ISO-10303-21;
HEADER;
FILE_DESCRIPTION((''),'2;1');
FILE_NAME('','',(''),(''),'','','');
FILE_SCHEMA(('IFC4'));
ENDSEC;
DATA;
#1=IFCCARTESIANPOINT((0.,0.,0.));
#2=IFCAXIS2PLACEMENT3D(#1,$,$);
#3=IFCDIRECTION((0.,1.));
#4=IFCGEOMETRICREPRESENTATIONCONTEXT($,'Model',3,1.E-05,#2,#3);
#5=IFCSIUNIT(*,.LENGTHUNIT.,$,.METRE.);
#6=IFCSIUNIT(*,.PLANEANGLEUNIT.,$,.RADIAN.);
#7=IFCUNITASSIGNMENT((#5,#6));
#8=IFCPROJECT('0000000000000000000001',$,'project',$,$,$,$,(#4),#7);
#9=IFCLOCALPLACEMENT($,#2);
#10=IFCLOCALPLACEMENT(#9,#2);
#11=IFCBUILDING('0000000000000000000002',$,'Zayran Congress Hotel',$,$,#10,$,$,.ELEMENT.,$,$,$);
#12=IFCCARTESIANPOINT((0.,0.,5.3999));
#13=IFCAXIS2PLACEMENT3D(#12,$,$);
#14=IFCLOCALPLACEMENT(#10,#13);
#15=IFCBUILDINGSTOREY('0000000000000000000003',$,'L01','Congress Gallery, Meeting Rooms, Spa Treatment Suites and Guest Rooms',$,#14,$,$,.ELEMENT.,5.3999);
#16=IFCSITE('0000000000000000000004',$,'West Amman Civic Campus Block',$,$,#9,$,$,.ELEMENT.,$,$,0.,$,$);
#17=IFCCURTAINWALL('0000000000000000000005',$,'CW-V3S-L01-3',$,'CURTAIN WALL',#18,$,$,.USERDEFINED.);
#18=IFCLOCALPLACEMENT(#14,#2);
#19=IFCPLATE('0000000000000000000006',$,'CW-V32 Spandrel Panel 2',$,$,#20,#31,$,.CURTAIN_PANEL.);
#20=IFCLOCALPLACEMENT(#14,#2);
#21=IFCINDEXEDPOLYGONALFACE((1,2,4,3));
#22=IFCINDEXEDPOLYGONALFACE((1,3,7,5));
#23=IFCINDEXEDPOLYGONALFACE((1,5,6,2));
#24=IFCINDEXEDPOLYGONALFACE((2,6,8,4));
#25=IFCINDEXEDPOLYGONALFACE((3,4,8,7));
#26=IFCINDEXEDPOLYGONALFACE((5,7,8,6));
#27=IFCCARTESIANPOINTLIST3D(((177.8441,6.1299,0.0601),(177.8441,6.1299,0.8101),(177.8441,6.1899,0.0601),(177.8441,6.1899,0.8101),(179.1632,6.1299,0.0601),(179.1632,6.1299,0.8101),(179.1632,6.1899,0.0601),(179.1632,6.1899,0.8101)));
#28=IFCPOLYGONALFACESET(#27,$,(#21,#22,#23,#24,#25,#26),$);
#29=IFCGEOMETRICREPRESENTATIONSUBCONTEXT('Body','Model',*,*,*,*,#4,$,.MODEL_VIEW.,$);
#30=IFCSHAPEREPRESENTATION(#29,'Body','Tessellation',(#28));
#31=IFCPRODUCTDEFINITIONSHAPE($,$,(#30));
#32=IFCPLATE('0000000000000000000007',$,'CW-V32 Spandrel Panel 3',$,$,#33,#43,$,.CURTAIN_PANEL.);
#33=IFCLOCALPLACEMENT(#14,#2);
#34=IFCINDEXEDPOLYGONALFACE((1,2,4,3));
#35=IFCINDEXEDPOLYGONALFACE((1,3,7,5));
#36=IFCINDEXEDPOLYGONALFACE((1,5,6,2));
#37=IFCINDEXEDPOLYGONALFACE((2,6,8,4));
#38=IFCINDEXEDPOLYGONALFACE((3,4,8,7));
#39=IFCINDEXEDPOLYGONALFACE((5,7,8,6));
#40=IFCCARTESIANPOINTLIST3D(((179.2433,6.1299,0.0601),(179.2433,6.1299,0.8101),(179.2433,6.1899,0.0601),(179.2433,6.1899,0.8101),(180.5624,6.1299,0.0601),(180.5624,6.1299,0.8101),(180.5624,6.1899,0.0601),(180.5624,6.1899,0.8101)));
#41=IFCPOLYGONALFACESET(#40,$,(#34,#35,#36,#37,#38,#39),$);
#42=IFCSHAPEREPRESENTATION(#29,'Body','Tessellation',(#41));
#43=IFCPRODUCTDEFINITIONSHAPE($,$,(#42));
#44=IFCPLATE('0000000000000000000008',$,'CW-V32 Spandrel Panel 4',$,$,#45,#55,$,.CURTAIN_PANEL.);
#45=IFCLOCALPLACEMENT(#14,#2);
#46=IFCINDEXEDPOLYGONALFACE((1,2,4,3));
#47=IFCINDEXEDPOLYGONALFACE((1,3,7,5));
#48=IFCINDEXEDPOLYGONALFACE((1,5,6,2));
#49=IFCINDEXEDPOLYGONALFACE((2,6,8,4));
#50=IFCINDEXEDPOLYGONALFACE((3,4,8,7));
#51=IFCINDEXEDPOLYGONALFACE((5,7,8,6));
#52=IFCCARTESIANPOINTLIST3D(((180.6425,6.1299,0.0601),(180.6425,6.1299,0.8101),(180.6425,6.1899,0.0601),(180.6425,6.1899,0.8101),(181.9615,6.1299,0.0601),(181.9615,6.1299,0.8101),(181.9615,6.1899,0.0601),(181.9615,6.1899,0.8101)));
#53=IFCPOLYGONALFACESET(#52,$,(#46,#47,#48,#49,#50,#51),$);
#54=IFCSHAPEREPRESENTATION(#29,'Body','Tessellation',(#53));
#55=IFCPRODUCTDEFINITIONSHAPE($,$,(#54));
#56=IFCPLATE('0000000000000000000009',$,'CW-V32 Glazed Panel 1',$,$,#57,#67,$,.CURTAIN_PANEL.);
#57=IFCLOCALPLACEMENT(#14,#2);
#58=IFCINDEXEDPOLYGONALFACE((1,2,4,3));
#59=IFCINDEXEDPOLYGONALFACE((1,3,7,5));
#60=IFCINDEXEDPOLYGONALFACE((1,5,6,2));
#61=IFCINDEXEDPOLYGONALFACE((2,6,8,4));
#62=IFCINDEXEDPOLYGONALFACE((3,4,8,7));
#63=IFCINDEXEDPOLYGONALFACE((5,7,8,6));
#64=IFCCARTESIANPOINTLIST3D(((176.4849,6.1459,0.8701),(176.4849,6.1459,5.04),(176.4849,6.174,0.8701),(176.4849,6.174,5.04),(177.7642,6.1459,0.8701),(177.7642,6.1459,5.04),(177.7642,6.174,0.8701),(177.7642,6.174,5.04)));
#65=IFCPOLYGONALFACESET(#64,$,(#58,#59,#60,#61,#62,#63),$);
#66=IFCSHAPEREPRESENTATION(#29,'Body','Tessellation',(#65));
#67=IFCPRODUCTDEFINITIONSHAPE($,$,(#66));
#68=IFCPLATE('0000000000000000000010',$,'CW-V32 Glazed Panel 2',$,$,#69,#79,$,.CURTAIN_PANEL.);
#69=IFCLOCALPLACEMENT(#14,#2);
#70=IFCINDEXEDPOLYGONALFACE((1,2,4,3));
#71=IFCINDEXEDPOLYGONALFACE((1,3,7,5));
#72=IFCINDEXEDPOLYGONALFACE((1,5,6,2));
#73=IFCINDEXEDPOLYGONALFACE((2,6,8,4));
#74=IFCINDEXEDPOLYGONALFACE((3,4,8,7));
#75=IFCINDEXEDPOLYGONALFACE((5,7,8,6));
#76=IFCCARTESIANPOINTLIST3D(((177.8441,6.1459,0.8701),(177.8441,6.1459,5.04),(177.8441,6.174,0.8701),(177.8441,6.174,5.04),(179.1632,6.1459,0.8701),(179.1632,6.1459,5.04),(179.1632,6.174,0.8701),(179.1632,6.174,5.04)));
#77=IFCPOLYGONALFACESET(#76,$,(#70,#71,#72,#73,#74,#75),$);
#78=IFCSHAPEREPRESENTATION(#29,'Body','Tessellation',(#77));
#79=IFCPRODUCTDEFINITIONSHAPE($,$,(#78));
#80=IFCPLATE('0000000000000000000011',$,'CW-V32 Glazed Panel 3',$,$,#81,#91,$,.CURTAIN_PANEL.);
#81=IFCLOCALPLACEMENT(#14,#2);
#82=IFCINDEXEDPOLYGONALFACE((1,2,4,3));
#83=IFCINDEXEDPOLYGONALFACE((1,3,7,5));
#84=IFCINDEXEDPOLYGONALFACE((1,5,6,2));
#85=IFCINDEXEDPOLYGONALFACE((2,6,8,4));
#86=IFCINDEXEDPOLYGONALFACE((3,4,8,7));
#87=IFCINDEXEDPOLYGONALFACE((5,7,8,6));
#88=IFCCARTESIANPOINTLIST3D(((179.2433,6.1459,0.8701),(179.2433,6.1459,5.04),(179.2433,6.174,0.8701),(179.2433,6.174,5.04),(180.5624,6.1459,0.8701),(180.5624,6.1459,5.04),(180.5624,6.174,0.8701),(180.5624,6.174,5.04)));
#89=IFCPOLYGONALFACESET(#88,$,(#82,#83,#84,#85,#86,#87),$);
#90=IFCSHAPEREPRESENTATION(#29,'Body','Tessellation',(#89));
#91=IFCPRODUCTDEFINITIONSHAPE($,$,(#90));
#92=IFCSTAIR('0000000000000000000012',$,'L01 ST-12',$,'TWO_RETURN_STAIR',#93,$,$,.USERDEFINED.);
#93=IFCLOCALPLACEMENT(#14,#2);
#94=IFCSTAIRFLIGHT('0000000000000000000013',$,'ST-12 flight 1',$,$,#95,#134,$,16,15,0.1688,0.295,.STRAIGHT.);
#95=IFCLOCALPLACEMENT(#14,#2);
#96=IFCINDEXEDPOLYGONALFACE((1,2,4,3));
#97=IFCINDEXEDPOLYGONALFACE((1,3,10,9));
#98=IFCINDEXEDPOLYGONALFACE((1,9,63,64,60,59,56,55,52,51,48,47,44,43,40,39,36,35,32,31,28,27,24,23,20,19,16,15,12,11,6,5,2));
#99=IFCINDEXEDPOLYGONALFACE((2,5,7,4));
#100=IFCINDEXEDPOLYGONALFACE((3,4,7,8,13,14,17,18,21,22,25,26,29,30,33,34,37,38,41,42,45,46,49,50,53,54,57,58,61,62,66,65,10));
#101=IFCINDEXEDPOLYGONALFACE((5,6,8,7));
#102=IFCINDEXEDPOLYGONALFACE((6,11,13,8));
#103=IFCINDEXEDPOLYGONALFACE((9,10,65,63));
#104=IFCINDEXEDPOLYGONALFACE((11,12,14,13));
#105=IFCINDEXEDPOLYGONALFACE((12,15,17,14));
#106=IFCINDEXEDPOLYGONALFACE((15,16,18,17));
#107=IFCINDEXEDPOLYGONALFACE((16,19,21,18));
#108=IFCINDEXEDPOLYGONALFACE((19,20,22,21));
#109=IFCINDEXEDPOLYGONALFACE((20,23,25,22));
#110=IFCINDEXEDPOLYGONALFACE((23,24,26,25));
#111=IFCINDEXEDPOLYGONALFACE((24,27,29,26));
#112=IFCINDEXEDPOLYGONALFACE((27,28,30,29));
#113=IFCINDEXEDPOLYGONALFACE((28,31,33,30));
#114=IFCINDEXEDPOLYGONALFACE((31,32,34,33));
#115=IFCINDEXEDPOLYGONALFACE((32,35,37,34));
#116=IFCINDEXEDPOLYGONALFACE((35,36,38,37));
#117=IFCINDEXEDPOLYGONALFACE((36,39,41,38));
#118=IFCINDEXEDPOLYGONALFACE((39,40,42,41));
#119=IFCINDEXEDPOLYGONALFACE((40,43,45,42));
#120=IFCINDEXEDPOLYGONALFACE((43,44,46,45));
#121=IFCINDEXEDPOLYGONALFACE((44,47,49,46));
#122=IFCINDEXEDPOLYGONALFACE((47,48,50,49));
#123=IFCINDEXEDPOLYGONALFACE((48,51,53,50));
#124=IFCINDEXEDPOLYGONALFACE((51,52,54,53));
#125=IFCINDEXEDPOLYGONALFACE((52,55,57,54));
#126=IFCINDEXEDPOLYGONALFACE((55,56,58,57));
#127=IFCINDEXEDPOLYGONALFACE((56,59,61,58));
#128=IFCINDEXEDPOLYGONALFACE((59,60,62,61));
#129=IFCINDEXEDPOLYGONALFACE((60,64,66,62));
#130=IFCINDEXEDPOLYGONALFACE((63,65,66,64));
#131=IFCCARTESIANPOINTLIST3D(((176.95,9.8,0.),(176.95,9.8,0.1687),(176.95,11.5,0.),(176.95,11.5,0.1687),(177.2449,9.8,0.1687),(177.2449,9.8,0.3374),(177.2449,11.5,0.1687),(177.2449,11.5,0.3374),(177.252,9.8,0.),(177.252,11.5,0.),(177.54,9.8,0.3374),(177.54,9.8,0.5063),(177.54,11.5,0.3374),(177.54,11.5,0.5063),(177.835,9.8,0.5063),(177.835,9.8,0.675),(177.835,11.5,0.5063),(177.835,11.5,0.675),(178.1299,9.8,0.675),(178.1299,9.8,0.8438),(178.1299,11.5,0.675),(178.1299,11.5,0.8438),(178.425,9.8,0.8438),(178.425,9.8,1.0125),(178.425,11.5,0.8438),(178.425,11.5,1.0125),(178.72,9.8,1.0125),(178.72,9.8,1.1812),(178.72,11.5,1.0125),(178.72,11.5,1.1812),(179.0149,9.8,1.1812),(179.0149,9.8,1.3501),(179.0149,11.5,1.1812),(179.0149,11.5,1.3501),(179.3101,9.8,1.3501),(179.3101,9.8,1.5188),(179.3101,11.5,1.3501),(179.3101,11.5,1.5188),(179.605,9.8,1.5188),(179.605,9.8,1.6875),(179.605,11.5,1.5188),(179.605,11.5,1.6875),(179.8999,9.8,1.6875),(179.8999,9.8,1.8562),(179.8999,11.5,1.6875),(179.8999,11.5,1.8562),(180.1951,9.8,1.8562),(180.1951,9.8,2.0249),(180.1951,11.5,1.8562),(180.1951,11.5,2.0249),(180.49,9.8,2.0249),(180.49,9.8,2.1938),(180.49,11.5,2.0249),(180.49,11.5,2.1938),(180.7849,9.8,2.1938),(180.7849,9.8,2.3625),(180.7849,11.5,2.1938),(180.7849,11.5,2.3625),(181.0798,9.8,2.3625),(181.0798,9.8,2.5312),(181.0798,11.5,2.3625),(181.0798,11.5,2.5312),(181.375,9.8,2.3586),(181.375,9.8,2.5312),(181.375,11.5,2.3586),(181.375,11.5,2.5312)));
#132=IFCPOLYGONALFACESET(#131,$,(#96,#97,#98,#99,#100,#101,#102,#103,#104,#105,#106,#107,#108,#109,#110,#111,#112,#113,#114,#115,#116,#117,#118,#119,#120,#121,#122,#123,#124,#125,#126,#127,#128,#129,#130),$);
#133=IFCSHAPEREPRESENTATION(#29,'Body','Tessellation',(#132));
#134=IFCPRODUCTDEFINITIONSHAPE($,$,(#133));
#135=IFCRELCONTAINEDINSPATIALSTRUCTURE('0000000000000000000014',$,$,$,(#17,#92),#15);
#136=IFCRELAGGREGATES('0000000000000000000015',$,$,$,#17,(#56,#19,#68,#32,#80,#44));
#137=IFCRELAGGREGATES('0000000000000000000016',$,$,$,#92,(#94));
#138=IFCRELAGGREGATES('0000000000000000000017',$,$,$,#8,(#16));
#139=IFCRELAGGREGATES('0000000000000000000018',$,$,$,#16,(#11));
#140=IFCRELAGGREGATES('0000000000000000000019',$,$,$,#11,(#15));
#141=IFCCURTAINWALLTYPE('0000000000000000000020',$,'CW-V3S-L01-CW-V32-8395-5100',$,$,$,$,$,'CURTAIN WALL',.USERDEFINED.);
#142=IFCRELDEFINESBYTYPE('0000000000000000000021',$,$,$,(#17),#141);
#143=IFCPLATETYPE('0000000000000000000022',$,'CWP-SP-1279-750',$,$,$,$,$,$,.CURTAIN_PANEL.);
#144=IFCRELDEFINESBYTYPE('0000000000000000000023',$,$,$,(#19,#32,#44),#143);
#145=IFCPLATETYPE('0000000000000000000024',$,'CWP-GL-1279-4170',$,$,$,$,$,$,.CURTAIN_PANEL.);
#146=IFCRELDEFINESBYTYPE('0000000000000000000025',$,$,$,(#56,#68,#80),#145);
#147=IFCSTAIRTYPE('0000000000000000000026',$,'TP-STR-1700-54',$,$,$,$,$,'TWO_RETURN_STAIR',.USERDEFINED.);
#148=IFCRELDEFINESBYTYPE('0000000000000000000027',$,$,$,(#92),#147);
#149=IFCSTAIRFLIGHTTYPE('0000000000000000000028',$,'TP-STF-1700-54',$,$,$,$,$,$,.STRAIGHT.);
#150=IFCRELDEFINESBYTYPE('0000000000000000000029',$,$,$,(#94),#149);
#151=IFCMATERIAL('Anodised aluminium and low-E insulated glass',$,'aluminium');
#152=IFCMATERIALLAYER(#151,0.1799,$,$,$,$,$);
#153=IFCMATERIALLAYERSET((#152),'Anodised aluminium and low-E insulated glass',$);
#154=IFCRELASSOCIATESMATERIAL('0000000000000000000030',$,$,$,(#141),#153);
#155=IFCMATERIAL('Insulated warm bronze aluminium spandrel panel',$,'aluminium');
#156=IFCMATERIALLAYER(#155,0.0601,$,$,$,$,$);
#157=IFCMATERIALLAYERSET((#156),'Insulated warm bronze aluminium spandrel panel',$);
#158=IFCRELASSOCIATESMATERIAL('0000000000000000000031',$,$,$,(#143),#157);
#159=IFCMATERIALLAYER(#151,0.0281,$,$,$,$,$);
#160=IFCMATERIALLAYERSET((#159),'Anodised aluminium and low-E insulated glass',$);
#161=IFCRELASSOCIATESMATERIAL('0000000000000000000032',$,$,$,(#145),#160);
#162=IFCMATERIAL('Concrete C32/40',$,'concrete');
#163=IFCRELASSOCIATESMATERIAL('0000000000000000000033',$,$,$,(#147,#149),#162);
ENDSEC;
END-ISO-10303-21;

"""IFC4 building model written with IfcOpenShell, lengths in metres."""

from ifc_helpers import new_model, si_unit, direction, frame, origin, origin_2d, place, context, subcontext, project, spatial, polyline, rectangle, outline, extrude, material, layer, layer_set, type_object, element, aggregate, save


model = new_model("IFC4")

# Units and contexts
model_context = context("Model", 3, precision=1e-05, world=origin(), true_north=direction((0.0, 1.0)))
body_context = subcontext(model_context, "Body", "Model", "MODEL_VIEW")
ifc_project = project(units=[si_unit("LENGTHUNIT", "METRE"), si_unit("PLANEANGLEUNIT", "RADIAN")], contexts=[model_context])

# Site, building, storey
site_placement = place(None, origin())
site = spatial("IfcSite", under=ifc_project, at=site_placement, Name="West Amman Civic Campus Block", CompositionType="ELEMENT", RefElevation=0.0)
building_placement = place(site_placement, origin())
building = spatial("IfcBuilding", under=site, at=building_placement, Name="Zayran Congress Hotel", CompositionType="ELEMENT")
storey_placement = place(building_placement, frame((0.0, 0.0, 5.3999)))
storey = spatial("IfcBuildingStorey", under=building, at=storey_placement, Name="L01", Description="Congress Gallery, Meeting Rooms, Spa Treatment Suites and Guest Rooms", CompositionType="ELEMENT", Elevation=5.3999)

# Curtain wall, plates
ifc_material_1 = material(Name="Anodised aluminium and low-E insulated glass", Category="aluminium")
ifc_layer_1 = layer(ifc_material_1, 0.1799)
ifc_layer_set_1 = layer_set([ifc_layer_1], Name="Anodised aluminium and low-E insulated glass")
curtain_wall_type = type_object("IfcCurtainWallType", Name="CW-V3S-L01-CW-V32-8395-5100", ElementType="CURTAIN WALL", PredefinedType="USERDEFINED", material=ifc_layer_set_1)
curtain_wall_placement = place(storey_placement, origin())
curtain_wall = element("IfcCurtainWall", 1, at=curtain_wall_placement, inside=storey, type_object=curtain_wall_type, Name="CW-V3S-L01-3", ObjectType="CURTAIN WALL", PredefinedType="USERDEFINED")
ifc_material_2 = material(Name="Insulated warm bronze aluminium spandrel panel", Category="aluminium")
ifc_layer_2 = layer(ifc_material_2, 0.0601)
ifc_layer_set_2 = layer_set([ifc_layer_2], Name="Insulated warm bronze aluminium spandrel panel")
plate_type_1 = type_object("IfcPlateType", Name="CWP-SP-1279-750", PredefinedType="CURTAIN_PANEL", material=ifc_layer_set_2)
plate_1_placement = place(storey_placement, frame((178.5037, 6.1599, 0.0601), z_axis=(0.0, 0.0, 1.0), x_axis=(1.0, 0.0, 0.0)))
plate_1 = element("IfcPlate", 2, at=plate_1_placement, type_object=plate_type_1, Name="CW-V32 Spandrel Panel 2", PredefinedType="CURTAIN_PANEL", context=body_context, shape_type="SweptSolid", body=[
    extrude(rectangle(XDim=1.3191, YDim=0.0601, at=origin_2d()), origin(), (0.0, 0.0, 1.0), 0.75),
])
plate_2_placement = place(storey_placement, frame((179.9028, 6.1599, 0.0601), z_axis=(0.0, 0.0, 1.0), x_axis=(1.0, 0.0, 0.0)))
plate_2 = element("IfcPlate", 3, at=plate_2_placement, type_object=plate_type_1, Name="CW-V32 Spandrel Panel 3", PredefinedType="CURTAIN_PANEL", context=body_context, shape_type="SweptSolid", body=[
    extrude(rectangle(XDim=1.3191, YDim=0.0601, at=origin_2d()), origin(), (0.0, 0.0, 1.0), 0.75),
])
plate_3_placement = place(storey_placement, frame((181.302, 6.1599, 0.0601), z_axis=(0.0, 0.0, 1.0), x_axis=(1.0, 0.0, 0.0)))
plate_3 = element("IfcPlate", 4, at=plate_3_placement, type_object=plate_type_1, Name="CW-V32 Spandrel Panel 4", PredefinedType="CURTAIN_PANEL", context=body_context, shape_type="SweptSolid", body=[
    extrude(rectangle(XDim=1.3191, YDim=0.0601, at=origin_2d()), origin(), (0.0, 0.0, 1.0), 0.75),
])
ifc_layer_3 = layer(ifc_material_1, 0.0281)
ifc_layer_set_3 = layer_set([ifc_layer_3], Name="Anodised aluminium and low-E insulated glass")
plate_type_2 = type_object("IfcPlateType", Name="CWP-GL-1279-4170", PredefinedType="CURTAIN_PANEL", material=ifc_layer_set_3)
plate_4_placement = place(storey_placement, frame((177.1245, 6.1599, 0.8701), z_axis=(0.0, 0.0, 1.0), x_axis=(1.0, 0.0, 0.0)))
plate_4 = element("IfcPlate", 5, at=plate_4_placement, type_object=plate_type_2, Name="CW-V32 Glazed Panel 1", PredefinedType="CURTAIN_PANEL", context=body_context, shape_type="SweptSolid", body=[
    extrude(rectangle(XDim=1.2793, YDim=0.0281, at=origin_2d()), origin(), (0.0, 0.0, 1.0), 4.1699),
])
plate_5_placement = place(storey_placement, frame((178.5037, 6.1599, 0.8701), z_axis=(0.0, 0.0, 1.0), x_axis=(1.0, 0.0, 0.0)))
plate_5 = element("IfcPlate", 6, at=plate_5_placement, type_object=plate_type_2, Name="CW-V32 Glazed Panel 2", PredefinedType="CURTAIN_PANEL", context=body_context, shape_type="SweptSolid", body=[
    extrude(rectangle(XDim=1.3191, YDim=0.0281, at=origin_2d()), origin(), (0.0, 0.0, 1.0), 4.1699),
])
plate_6_placement = place(storey_placement, frame((179.9028, 6.1599, 0.8701), z_axis=(0.0, 0.0, 1.0), x_axis=(1.0, 0.0, 0.0)))
plate_6 = element("IfcPlate", 7, at=plate_6_placement, type_object=plate_type_2, Name="CW-V32 Glazed Panel 3", PredefinedType="CURTAIN_PANEL", context=body_context, shape_type="SweptSolid", body=[
    extrude(rectangle(XDim=1.3191, YDim=0.0281, at=origin_2d()), origin(), (0.0, 0.0, 1.0), 4.1699),
])
aggregate(curtain_wall, [plate_4, plate_1, plate_5, plate_2, plate_6, plate_3])

# Stair, stair flight
ifc_material_3 = material(Name="Concrete C32/40", Category="concrete")
stair_type = type_object("IfcStairType", Name="TP-STR-1700-54", ElementType="TWO_RETURN_STAIR", PredefinedType="USERDEFINED", material=ifc_material_3)
stair_placement = place(storey_placement, origin())
stair = element("IfcStair", 8, at=stair_placement, inside=storey, type_object=stair_type, Name="L01 ST-12", ObjectType="TWO_RETURN_STAIR", PredefinedType="USERDEFINED")
stair_flight_type = type_object("IfcStairFlightType", Name="TP-STF-1700-54", PredefinedType="STRAIGHT", material=ifc_material_3)
stair_flight_placement = place(storey_placement, frame((176.95, 10.6499, 0.0), z_axis=(0.0, 0.0, 1.0), x_axis=(1.0, 0.0, 0.0)))
stair_flight = element("IfcStairFlight", 9, at=stair_flight_placement, type_object=stair_flight_type, Name="ST-12 flight 1", NumberOfRisers=16, NumberOfTreads=15, PredefinedType="STRAIGHT", RiserHeight=0.1688, TreadLength=0.295, context=body_context, shape_type="SweptSolid", body=[
    extrude(outline(polyline([(0.0, 0.0), (0.0, 0.1687), (0.2949, 0.1687), (0.2949, 0.3374), (0.5901, 0.3374), (0.5901, 0.5063), (0.885, 0.5063), (0.885, 0.675), (1.1799, 0.675), (1.1799, 0.8438), (1.4751, 0.8438), (1.4751, 1.0125), (1.77, 1.0125), (1.77, 1.1812), (2.0649, 1.1812), (2.0649, 1.3501), (2.3601, 1.3501), (2.3601, 1.5188), (2.655, 1.5188), (2.655, 1.6875), (2.95, 1.6875), (2.95, 1.8562), (3.2451, 1.8562), (3.2451, 2.0249), (3.54, 2.0249), (3.54, 2.1938), (3.835, 2.1938), (3.835, 2.3625), (4.1299, 2.3625), (4.1299, 2.5312), (4.425, 2.5312), (4.425, 2.7), (4.425, 2.3586), (0.302, 0.0), (0.0, 0.0)])), frame((0.0, 0.8501, 0.0), z_axis=(0.0, -1.0, 0.0), x_axis=(1.0, 0.0, 0.0)), (0.0, 0.0, 1.0), 1.7),
])
aggregate(stair, [stair_flight])

save(model, "model.ifc")
